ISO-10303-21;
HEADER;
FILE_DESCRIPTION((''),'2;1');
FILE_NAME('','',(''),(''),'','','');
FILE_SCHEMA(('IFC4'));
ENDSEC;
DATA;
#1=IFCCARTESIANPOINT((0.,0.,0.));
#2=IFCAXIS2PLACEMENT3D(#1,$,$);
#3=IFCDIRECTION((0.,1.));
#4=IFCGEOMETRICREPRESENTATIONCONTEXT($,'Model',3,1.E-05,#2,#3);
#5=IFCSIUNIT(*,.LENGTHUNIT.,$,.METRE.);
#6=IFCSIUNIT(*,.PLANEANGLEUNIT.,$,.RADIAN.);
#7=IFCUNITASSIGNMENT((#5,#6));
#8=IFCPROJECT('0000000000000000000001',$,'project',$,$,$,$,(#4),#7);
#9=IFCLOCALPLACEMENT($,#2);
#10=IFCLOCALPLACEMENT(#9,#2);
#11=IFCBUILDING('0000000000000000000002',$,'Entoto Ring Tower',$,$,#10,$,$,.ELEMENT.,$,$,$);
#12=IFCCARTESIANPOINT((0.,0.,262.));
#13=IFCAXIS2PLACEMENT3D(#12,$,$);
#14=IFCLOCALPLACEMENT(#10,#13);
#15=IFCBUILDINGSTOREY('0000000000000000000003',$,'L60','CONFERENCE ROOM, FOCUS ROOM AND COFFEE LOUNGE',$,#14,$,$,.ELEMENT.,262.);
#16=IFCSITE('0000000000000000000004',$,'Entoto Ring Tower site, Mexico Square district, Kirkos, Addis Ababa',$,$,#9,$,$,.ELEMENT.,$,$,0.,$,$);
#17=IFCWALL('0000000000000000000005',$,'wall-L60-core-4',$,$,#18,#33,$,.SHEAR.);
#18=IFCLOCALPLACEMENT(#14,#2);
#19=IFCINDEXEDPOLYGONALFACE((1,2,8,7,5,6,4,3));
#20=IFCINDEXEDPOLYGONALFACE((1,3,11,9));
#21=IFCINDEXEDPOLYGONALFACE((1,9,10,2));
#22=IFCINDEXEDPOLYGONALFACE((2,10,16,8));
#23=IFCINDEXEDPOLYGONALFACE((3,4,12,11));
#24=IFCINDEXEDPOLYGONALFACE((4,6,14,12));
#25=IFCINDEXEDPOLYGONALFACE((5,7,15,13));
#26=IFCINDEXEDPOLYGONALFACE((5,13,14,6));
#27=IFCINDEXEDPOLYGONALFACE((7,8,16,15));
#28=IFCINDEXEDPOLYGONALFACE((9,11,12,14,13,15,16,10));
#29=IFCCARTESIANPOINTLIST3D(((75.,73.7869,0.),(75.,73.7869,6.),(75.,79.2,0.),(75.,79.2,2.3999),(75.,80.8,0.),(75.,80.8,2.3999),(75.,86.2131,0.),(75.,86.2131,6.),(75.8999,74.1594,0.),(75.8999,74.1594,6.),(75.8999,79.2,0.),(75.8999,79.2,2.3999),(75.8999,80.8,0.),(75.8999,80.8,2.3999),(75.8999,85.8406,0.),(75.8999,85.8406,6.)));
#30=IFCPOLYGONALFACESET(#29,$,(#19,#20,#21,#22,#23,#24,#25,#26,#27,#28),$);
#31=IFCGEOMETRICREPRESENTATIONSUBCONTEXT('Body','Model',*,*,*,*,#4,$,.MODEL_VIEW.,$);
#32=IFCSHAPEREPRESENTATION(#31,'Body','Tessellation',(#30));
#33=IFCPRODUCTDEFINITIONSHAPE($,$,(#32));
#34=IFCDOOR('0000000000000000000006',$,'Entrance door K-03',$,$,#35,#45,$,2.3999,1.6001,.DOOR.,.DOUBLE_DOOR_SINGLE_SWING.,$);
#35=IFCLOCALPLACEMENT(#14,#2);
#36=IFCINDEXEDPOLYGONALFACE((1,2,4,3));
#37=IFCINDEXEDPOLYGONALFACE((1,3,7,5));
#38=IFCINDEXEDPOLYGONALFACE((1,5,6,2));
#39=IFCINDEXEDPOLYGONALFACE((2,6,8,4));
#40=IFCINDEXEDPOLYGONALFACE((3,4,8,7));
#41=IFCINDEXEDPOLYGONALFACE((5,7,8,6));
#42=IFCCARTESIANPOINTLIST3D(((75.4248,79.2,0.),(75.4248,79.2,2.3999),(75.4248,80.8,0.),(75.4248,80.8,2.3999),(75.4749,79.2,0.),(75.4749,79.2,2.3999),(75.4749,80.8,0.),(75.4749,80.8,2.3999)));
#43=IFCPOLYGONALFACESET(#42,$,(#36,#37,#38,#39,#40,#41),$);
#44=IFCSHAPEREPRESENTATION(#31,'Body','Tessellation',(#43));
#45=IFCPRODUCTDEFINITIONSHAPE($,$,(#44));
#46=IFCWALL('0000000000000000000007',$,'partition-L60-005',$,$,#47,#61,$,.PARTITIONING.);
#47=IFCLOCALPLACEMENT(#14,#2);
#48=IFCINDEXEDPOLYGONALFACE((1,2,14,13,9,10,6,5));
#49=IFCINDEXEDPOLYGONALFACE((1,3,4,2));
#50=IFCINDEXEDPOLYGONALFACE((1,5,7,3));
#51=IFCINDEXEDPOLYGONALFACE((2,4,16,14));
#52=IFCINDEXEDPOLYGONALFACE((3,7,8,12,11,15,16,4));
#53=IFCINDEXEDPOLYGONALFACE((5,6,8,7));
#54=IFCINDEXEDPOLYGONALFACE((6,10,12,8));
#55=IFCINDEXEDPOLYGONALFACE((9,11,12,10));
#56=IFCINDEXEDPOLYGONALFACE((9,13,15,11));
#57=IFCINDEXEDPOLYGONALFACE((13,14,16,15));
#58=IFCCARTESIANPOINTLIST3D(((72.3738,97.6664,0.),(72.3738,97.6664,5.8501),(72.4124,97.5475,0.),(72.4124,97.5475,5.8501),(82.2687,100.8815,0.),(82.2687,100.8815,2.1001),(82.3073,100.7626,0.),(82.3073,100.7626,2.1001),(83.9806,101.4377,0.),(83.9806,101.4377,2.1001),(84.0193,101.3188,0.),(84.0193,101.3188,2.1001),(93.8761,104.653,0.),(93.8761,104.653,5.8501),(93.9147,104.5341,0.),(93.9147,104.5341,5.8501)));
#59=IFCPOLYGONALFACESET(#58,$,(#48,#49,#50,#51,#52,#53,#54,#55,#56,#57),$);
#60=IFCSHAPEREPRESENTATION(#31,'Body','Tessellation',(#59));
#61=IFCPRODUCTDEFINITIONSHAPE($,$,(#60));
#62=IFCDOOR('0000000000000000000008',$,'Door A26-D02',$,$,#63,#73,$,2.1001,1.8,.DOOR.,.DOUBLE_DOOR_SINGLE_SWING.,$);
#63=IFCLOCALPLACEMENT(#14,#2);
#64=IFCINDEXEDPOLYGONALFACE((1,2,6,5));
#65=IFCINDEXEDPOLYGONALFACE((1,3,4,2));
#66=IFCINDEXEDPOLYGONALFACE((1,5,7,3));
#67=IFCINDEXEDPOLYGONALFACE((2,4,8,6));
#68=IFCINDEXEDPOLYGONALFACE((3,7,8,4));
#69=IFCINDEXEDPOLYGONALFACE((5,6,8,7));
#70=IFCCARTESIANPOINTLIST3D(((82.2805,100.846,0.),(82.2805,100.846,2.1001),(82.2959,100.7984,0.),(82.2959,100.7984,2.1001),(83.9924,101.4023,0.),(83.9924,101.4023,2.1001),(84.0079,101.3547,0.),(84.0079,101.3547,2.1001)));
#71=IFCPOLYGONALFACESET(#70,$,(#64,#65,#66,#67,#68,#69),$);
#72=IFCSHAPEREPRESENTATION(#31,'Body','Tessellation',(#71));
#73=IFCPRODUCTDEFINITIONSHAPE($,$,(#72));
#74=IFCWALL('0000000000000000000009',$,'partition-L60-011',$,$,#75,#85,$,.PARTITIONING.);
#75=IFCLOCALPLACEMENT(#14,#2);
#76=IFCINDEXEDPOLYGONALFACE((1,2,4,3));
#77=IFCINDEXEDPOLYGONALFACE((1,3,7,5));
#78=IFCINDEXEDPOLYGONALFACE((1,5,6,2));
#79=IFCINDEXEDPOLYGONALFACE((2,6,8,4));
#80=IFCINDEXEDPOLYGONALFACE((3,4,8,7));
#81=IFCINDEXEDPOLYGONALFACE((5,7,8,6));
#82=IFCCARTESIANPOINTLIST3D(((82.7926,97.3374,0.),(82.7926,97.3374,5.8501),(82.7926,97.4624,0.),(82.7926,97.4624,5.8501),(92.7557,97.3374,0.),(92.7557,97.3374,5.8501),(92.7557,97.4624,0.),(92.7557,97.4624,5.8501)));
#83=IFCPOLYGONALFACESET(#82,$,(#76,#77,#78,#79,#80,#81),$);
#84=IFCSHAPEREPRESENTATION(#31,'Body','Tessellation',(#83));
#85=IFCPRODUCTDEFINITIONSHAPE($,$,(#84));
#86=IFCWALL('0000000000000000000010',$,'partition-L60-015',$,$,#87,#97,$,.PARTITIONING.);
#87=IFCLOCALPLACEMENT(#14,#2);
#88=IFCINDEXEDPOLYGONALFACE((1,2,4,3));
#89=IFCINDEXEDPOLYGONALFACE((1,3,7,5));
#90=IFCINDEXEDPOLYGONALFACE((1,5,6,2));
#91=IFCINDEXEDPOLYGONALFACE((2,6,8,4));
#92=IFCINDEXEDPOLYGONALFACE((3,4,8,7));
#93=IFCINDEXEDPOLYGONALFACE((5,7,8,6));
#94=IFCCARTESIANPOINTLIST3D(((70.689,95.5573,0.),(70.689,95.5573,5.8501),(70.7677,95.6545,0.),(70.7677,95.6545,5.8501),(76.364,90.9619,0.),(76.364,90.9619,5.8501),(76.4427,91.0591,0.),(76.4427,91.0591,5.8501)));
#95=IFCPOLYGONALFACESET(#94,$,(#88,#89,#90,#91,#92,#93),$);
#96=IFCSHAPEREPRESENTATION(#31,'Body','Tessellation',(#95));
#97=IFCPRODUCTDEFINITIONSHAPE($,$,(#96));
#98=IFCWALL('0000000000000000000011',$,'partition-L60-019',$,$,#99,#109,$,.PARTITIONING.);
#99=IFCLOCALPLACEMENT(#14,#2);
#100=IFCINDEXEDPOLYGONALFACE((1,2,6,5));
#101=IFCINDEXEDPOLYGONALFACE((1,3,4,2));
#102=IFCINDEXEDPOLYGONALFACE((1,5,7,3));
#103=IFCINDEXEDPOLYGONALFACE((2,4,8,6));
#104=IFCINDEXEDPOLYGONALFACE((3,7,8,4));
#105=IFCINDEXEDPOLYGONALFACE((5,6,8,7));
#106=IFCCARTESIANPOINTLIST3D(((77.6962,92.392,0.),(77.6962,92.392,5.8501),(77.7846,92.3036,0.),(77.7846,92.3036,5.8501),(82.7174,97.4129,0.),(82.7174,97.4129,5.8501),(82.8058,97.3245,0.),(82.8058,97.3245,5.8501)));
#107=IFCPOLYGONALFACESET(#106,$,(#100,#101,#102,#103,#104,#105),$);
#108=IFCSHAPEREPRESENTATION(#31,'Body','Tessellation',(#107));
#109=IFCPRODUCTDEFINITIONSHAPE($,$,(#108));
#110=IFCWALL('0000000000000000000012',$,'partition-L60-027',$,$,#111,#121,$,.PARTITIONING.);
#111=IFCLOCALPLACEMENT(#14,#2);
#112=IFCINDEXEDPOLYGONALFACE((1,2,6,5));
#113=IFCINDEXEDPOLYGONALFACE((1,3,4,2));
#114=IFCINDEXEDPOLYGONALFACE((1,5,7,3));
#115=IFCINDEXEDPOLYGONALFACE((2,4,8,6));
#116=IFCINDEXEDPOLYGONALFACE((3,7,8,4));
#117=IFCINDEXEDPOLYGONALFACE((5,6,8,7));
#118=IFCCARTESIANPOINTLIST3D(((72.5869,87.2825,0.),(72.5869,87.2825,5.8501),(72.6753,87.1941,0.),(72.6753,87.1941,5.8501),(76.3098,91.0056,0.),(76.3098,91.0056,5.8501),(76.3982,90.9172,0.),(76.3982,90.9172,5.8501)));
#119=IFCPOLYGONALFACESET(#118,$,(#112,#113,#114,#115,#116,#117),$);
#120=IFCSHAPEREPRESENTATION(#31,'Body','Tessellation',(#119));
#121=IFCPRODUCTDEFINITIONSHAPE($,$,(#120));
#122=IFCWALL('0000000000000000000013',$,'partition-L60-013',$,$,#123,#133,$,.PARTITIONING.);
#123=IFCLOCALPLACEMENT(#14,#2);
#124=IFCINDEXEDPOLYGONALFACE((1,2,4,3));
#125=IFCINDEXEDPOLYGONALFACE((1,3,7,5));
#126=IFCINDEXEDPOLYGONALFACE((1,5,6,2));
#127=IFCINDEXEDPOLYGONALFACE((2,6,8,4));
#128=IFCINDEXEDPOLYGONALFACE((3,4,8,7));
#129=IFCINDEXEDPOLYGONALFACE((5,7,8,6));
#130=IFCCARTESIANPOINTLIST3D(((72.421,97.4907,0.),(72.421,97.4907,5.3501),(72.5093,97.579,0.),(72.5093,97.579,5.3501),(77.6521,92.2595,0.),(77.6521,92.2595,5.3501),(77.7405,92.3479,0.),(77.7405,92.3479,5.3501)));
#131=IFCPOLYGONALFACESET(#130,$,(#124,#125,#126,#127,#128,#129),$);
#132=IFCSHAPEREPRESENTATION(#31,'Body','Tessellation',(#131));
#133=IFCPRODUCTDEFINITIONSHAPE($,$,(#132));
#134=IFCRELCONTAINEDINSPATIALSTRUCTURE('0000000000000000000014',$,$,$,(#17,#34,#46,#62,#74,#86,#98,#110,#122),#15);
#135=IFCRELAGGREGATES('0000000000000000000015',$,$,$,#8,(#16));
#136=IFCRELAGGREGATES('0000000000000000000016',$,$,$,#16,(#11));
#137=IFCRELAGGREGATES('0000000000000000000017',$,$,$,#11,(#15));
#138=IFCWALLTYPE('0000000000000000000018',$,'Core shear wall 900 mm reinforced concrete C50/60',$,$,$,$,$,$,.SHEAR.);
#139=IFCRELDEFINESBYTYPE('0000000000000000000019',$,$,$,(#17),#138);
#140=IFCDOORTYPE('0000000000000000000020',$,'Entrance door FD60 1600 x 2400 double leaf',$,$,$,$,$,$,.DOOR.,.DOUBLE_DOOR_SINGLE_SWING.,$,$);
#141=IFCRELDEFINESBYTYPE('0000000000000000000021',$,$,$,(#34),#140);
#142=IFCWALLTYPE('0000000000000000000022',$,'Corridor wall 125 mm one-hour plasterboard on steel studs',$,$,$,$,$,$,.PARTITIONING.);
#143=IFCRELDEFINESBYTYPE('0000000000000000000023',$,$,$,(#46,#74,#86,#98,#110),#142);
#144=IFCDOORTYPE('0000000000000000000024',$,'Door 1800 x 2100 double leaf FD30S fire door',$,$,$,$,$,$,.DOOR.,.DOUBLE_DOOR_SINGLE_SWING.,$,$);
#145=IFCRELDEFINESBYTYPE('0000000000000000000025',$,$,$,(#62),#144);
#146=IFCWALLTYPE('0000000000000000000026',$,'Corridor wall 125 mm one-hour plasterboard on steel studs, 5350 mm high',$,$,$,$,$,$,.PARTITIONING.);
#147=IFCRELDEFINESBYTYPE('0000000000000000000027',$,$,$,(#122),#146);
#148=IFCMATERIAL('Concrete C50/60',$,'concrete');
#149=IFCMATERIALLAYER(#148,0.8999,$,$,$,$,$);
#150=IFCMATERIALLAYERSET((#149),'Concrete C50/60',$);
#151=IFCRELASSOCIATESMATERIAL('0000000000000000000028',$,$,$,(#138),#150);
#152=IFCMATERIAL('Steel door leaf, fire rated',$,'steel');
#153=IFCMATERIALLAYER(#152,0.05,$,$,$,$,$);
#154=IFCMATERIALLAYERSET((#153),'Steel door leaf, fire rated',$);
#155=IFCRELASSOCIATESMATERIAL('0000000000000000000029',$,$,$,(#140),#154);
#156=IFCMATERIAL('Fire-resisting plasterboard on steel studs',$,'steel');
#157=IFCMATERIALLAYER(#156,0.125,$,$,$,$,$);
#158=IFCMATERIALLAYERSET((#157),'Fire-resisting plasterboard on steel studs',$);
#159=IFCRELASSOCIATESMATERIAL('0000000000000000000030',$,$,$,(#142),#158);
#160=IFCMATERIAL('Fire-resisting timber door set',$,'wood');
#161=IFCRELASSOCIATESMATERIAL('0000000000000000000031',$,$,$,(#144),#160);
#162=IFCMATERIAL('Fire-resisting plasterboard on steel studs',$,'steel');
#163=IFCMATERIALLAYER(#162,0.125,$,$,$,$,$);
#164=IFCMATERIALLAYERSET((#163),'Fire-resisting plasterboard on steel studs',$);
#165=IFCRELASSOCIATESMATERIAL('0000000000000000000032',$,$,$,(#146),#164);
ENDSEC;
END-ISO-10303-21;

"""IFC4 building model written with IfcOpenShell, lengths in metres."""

from ifc_helpers import new_model, si_unit, direction, frame, frame_2d, origin, place, context, subcontext, project, spatial, polyline, rectangle, outline, extrude, material, layer, layer_set, type_object, element, fill, save


model = new_model("IFC4")

# Units and contexts
model_context = context("Model", 3, precision=1e-05, world=origin(), true_north=direction((0.0, 1.0)))
body_context = subcontext(model_context, "Body", "Model", "MODEL_VIEW")
ifc_project = project(units=[si_unit("LENGTHUNIT", "METRE"), si_unit("PLANEANGLEUNIT", "RADIAN")], contexts=[model_context])

# Site, building, storey
site_placement = place(None, origin())
site = spatial("IfcSite", under=ifc_project, at=site_placement, Name="Entoto Ring Tower site, Mexico Square district, Kirkos, Addis Ababa", CompositionType="ELEMENT", RefElevation=0.0)
building_placement = place(site_placement, origin())
building = spatial("IfcBuilding", under=site, at=building_placement, Name="Entoto Ring Tower", CompositionType="ELEMENT")
storey_placement = place(building_placement, frame((0.0, 0.0, 262.0)))
storey = spatial("IfcBuildingStorey", under=building, at=storey_placement, Name="L60", Description="CONFERENCE ROOM, FOCUS ROOM AND COFFEE LOUNGE", CompositionType="ELEMENT", Elevation=262.0)

# Shared definitions
ifc_material_1 = material(Name="Concrete C50/60", Category="concrete")
ifc_layer_1 = layer(ifc_material_1, 0.8999)
ifc_layer_set_1 = layer_set([ifc_layer_1], Name="Concrete C50/60")
wall_type_1 = type_object("IfcWallType", Name="Core shear wall 900 mm reinforced concrete C50/60", PredefinedType="SHEAR", material=ifc_layer_set_1)

# Walls, openings, doors
wall_1_placement = place(storey_placement, frame((75.45, 86.0269, 0.0), z_axis=(0.0, 0.0, 1.0), x_axis=(0.0, -1.0, 0.0)))
wall_1 = element("IfcWall", 1, at=wall_1_placement, inside=storey, type_object=wall_type_1, Name="wall-L60-core-4", PredefinedType="SHEAR", context=body_context, shape_type="SweptSolid", body=[
    extrude(outline(polyline([(-0.1863, -0.45), (12.24, -0.45), (11.8674, 0.45), (0.1863, 0.45), (-0.1863, -0.45)])), origin(), (0.0, 0.0, 1.0), 6.0),
])
opening_1_placement = place(wall_1_placement, frame((5.2268, 0.0, 0.0)))
opening_1 = element("IfcOpeningElement", 2, at=opening_1_placement, cuts=wall_1, PredefinedType="OPENING", context=body_context, shape_type="SweptSolid", body=[
    extrude(rectangle(XDim=1.6001, YDim=2.3999, at=frame_2d((0.8, 1.2))), frame((0.0, 0.46, 0.0), z_axis=(0.0, -1.0, 0.0), x_axis=(1.0, 0.0, 0.0)), (0.0, 0.0, 1.0), 0.9199),
])
ifc_material_2 = material(Name="Steel door leaf, fire rated", Category="steel")
ifc_layer_2 = layer(ifc_material_2, 0.05)
ifc_layer_set_2 = layer_set([ifc_layer_2], Name="Steel door leaf, fire rated")
door_type_1 = type_object("IfcDoorType", Name="Entrance door FD60 1600 x 2400 double leaf", OperationType="DOUBLE_DOOR_SINGLE_SWING", PredefinedType="DOOR", material=ifc_layer_set_2)
door_1_placement = place(opening_1_placement, origin())
door_1 = element("IfcDoor", 3, at=door_1_placement, inside=storey, type_object=door_type_1, Name="Entrance door K-03", OperationType="DOUBLE_DOOR_SINGLE_SWING", OverallHeight=2.3999, OverallWidth=1.6001, PredefinedType="DOOR", context=body_context, shape_type="SweptSolid", body=[
    extrude(rectangle(XDim=1.6001, YDim=2.3999, at=frame_2d((0.8, 1.2))), frame((0.0, 0.0249, 0.0), z_axis=(0.0, -1.0, 0.0), x_axis=(1.0, 0.0, 0.0)), (0.0, 0.0, 1.0), 0.05),
])
fill(opening_1, door_1)
ifc_material_3 = material(Name="Fire-resisting plasterboard on steel studs", Category="steel")
ifc_layer_3 = layer(ifc_material_3, 0.125)
ifc_layer_set_3 = layer_set([ifc_layer_3], Name="Fire-resisting plasterboard on steel studs")
wall_type_2 = type_object("IfcWallType", Name="Corridor wall 125 mm one-hour plasterboard on steel studs", PredefinedType="PARTITIONING", material=ifc_layer_set_3)
wall_2_placement = place(storey_placement, frame((72.3931, 97.6069, 0.0), z_axis=(0.0, 0.0, 1.0), x_axis=(0.951055, 0.30902, 0.0)))
wall_2 = element("IfcWall", 4, at=wall_2_placement, inside=storey, type_object=wall_type_2, Name="partition-L60-005", PredefinedType="PARTITIONING", context=body_context, shape_type="SweptSolid", body=[
    extrude(rectangle(XDim=22.6089, YDim=0.125, at=frame_2d((11.3044, 0.0))), origin(), (0.0, 0.0, 1.0), 5.8501),
])
opening_2_placement = place(wall_2_placement, frame((10.4043, 0.0, 0.0)))
opening_2 = element("IfcOpeningElement", 5, at=opening_2_placement, cuts=wall_2, PredefinedType="OPENING", context=body_context, shape_type="SweptSolid", body=[
    extrude(rectangle(XDim=1.8, YDim=2.1001, at=frame_2d((0.8999, 1.05))), frame((0.0, 0.0725, 0.0), z_axis=(0.0, -1.0, 0.0), x_axis=(1.0, 0.0, 0.0)), (0.0, 0.0, 1.0), 0.145),
])
ifc_material_4 = material(Name="Fire-resisting timber door set", Category="wood")
door_type_2 = type_object("IfcDoorType", Name="Door 1800 x 2100 double leaf FD30S fire door", OperationType="DOUBLE_DOOR_SINGLE_SWING", PredefinedType="DOOR", material=ifc_material_4)
door_2_placement = place(opening_2_placement, frame((1.8, 0.0, 0.0), z_axis=(0.0, 0.0, 1.0), x_axis=(-1.0, 0.0, 0.0)))
door_2 = element("IfcDoor", 6, at=door_2_placement, inside=storey, type_object=door_type_2, Name="Door A26-D02", OperationType="DOUBLE_DOOR_SINGLE_SWING", OverallHeight=2.1001, OverallWidth=1.8, PredefinedType="DOOR", context=body_context, shape_type="SweptSolid", body=[
    extrude(rectangle(XDim=1.8, YDim=2.1001, at=frame_2d((0.8999, 1.05))), frame((0.0, 0.0249, 0.0), z_axis=(0.0, -1.0, 0.0), x_axis=(1.0, 0.0, 0.0)), (0.0, 0.0, 1.0), 0.05),
])
fill(opening_2, door_2)

# Walls
wall_3_placement = place(storey_placement, frame((82.7927, 97.3999, 0.0), z_axis=(0.0, 0.0, 1.0), x_axis=(1.0, 0.0, 0.0)))
element("IfcWall", 7, at=wall_3_placement, inside=storey, type_object=wall_type_2, Name="partition-L60-011", PredefinedType="PARTITIONING", context=body_context, shape_type="SweptSolid", body=[
    extrude(rectangle(XDim=9.9631, YDim=0.125, at=frame_2d((4.9814, 0.0))), origin(), (0.0, 0.0, 1.0), 5.8501),
])
wall_4_placement = place(storey_placement, frame((76.4033, 91.0105, 0.0), z_axis=(0.0, 0.0, 1.0), x_axis=(-0.777153, 0.629312, 0.0)))
element("IfcWall", 8, at=wall_4_placement, inside=storey, type_object=wall_type_2, Name="partition-L60-015", PredefinedType="PARTITIONING", context=body_context, shape_type="SweptSolid", body=[
    extrude(rectangle(XDim=7.3022, YDim=0.125, at=frame_2d((3.6511, 0.0))), origin(), (0.0, 0.0, 1.0), 5.8501),
])
wall_5_placement = place(storey_placement, frame((77.7405, 92.3479, 0.0), z_axis=(0.0, 0.0, 1.0), x_axis=(0.707124, 0.70709, 0.0)))
element("IfcWall", 9, at=wall_5_placement, inside=storey, type_object=wall_type_2, Name="partition-L60-019", PredefinedType="PARTITIONING", context=body_context, shape_type="SweptSolid", body=[
    extrude(rectangle(XDim=7.1008, YDim=0.125, at=frame_2d((3.5503, 0.0))), origin(), (0.0, 0.0, 1.0), 5.8501),
])
wall_6_placement = place(storey_placement, frame((72.6311, 87.2383, 0.0), z_axis=(0.0, 0.0, 1.0), x_axis=(0.707084, 0.70713, 0.0)))
element("IfcWall", 10, at=wall_6_placement, inside=storey, type_object=wall_type_2, Name="partition-L60-027", PredefinedType="PARTITIONING", context=body_context, shape_type="SweptSolid", body=[
    extrude(rectangle(XDim=5.2651, YDim=0.125, at=frame_2d((2.6326, 0.0))), origin(), (0.0, 0.0, 1.0), 5.8501),
])
ifc_material_5 = material(Name="Fire-resisting plasterboard on steel studs", Category="steel")
ifc_layer_4 = layer(ifc_material_5, 0.125)
ifc_layer_set_4 = layer_set([ifc_layer_4], Name="Fire-resisting plasterboard on steel studs")
wall_type_3 = type_object("IfcWallType", Name="Corridor wall 125 mm one-hour plasterboard on steel studs, 5350 mm high", PredefinedType="PARTITIONING", material=ifc_layer_set_4)
wall_7_placement = place(storey_placement, frame((77.6963, 92.3037, 0.0), z_axis=(0.0, 0.0, 1.0), x_axis=(-0.707107, 0.707107, 0.0)))
element("IfcWall", 11, at=wall_7_placement, inside=storey, type_object=wall_type_3, Name="partition-L60-013", PredefinedType="PARTITIONING", context=body_context, shape_type="SweptSolid", body=[
    extrude(rectangle(XDim=7.3979, YDim=0.125, at=frame_2d((3.699, 0.0))), origin(), (0.0, 0.0, 1.0), 5.3501),
])

save(model, "model.ifc")
